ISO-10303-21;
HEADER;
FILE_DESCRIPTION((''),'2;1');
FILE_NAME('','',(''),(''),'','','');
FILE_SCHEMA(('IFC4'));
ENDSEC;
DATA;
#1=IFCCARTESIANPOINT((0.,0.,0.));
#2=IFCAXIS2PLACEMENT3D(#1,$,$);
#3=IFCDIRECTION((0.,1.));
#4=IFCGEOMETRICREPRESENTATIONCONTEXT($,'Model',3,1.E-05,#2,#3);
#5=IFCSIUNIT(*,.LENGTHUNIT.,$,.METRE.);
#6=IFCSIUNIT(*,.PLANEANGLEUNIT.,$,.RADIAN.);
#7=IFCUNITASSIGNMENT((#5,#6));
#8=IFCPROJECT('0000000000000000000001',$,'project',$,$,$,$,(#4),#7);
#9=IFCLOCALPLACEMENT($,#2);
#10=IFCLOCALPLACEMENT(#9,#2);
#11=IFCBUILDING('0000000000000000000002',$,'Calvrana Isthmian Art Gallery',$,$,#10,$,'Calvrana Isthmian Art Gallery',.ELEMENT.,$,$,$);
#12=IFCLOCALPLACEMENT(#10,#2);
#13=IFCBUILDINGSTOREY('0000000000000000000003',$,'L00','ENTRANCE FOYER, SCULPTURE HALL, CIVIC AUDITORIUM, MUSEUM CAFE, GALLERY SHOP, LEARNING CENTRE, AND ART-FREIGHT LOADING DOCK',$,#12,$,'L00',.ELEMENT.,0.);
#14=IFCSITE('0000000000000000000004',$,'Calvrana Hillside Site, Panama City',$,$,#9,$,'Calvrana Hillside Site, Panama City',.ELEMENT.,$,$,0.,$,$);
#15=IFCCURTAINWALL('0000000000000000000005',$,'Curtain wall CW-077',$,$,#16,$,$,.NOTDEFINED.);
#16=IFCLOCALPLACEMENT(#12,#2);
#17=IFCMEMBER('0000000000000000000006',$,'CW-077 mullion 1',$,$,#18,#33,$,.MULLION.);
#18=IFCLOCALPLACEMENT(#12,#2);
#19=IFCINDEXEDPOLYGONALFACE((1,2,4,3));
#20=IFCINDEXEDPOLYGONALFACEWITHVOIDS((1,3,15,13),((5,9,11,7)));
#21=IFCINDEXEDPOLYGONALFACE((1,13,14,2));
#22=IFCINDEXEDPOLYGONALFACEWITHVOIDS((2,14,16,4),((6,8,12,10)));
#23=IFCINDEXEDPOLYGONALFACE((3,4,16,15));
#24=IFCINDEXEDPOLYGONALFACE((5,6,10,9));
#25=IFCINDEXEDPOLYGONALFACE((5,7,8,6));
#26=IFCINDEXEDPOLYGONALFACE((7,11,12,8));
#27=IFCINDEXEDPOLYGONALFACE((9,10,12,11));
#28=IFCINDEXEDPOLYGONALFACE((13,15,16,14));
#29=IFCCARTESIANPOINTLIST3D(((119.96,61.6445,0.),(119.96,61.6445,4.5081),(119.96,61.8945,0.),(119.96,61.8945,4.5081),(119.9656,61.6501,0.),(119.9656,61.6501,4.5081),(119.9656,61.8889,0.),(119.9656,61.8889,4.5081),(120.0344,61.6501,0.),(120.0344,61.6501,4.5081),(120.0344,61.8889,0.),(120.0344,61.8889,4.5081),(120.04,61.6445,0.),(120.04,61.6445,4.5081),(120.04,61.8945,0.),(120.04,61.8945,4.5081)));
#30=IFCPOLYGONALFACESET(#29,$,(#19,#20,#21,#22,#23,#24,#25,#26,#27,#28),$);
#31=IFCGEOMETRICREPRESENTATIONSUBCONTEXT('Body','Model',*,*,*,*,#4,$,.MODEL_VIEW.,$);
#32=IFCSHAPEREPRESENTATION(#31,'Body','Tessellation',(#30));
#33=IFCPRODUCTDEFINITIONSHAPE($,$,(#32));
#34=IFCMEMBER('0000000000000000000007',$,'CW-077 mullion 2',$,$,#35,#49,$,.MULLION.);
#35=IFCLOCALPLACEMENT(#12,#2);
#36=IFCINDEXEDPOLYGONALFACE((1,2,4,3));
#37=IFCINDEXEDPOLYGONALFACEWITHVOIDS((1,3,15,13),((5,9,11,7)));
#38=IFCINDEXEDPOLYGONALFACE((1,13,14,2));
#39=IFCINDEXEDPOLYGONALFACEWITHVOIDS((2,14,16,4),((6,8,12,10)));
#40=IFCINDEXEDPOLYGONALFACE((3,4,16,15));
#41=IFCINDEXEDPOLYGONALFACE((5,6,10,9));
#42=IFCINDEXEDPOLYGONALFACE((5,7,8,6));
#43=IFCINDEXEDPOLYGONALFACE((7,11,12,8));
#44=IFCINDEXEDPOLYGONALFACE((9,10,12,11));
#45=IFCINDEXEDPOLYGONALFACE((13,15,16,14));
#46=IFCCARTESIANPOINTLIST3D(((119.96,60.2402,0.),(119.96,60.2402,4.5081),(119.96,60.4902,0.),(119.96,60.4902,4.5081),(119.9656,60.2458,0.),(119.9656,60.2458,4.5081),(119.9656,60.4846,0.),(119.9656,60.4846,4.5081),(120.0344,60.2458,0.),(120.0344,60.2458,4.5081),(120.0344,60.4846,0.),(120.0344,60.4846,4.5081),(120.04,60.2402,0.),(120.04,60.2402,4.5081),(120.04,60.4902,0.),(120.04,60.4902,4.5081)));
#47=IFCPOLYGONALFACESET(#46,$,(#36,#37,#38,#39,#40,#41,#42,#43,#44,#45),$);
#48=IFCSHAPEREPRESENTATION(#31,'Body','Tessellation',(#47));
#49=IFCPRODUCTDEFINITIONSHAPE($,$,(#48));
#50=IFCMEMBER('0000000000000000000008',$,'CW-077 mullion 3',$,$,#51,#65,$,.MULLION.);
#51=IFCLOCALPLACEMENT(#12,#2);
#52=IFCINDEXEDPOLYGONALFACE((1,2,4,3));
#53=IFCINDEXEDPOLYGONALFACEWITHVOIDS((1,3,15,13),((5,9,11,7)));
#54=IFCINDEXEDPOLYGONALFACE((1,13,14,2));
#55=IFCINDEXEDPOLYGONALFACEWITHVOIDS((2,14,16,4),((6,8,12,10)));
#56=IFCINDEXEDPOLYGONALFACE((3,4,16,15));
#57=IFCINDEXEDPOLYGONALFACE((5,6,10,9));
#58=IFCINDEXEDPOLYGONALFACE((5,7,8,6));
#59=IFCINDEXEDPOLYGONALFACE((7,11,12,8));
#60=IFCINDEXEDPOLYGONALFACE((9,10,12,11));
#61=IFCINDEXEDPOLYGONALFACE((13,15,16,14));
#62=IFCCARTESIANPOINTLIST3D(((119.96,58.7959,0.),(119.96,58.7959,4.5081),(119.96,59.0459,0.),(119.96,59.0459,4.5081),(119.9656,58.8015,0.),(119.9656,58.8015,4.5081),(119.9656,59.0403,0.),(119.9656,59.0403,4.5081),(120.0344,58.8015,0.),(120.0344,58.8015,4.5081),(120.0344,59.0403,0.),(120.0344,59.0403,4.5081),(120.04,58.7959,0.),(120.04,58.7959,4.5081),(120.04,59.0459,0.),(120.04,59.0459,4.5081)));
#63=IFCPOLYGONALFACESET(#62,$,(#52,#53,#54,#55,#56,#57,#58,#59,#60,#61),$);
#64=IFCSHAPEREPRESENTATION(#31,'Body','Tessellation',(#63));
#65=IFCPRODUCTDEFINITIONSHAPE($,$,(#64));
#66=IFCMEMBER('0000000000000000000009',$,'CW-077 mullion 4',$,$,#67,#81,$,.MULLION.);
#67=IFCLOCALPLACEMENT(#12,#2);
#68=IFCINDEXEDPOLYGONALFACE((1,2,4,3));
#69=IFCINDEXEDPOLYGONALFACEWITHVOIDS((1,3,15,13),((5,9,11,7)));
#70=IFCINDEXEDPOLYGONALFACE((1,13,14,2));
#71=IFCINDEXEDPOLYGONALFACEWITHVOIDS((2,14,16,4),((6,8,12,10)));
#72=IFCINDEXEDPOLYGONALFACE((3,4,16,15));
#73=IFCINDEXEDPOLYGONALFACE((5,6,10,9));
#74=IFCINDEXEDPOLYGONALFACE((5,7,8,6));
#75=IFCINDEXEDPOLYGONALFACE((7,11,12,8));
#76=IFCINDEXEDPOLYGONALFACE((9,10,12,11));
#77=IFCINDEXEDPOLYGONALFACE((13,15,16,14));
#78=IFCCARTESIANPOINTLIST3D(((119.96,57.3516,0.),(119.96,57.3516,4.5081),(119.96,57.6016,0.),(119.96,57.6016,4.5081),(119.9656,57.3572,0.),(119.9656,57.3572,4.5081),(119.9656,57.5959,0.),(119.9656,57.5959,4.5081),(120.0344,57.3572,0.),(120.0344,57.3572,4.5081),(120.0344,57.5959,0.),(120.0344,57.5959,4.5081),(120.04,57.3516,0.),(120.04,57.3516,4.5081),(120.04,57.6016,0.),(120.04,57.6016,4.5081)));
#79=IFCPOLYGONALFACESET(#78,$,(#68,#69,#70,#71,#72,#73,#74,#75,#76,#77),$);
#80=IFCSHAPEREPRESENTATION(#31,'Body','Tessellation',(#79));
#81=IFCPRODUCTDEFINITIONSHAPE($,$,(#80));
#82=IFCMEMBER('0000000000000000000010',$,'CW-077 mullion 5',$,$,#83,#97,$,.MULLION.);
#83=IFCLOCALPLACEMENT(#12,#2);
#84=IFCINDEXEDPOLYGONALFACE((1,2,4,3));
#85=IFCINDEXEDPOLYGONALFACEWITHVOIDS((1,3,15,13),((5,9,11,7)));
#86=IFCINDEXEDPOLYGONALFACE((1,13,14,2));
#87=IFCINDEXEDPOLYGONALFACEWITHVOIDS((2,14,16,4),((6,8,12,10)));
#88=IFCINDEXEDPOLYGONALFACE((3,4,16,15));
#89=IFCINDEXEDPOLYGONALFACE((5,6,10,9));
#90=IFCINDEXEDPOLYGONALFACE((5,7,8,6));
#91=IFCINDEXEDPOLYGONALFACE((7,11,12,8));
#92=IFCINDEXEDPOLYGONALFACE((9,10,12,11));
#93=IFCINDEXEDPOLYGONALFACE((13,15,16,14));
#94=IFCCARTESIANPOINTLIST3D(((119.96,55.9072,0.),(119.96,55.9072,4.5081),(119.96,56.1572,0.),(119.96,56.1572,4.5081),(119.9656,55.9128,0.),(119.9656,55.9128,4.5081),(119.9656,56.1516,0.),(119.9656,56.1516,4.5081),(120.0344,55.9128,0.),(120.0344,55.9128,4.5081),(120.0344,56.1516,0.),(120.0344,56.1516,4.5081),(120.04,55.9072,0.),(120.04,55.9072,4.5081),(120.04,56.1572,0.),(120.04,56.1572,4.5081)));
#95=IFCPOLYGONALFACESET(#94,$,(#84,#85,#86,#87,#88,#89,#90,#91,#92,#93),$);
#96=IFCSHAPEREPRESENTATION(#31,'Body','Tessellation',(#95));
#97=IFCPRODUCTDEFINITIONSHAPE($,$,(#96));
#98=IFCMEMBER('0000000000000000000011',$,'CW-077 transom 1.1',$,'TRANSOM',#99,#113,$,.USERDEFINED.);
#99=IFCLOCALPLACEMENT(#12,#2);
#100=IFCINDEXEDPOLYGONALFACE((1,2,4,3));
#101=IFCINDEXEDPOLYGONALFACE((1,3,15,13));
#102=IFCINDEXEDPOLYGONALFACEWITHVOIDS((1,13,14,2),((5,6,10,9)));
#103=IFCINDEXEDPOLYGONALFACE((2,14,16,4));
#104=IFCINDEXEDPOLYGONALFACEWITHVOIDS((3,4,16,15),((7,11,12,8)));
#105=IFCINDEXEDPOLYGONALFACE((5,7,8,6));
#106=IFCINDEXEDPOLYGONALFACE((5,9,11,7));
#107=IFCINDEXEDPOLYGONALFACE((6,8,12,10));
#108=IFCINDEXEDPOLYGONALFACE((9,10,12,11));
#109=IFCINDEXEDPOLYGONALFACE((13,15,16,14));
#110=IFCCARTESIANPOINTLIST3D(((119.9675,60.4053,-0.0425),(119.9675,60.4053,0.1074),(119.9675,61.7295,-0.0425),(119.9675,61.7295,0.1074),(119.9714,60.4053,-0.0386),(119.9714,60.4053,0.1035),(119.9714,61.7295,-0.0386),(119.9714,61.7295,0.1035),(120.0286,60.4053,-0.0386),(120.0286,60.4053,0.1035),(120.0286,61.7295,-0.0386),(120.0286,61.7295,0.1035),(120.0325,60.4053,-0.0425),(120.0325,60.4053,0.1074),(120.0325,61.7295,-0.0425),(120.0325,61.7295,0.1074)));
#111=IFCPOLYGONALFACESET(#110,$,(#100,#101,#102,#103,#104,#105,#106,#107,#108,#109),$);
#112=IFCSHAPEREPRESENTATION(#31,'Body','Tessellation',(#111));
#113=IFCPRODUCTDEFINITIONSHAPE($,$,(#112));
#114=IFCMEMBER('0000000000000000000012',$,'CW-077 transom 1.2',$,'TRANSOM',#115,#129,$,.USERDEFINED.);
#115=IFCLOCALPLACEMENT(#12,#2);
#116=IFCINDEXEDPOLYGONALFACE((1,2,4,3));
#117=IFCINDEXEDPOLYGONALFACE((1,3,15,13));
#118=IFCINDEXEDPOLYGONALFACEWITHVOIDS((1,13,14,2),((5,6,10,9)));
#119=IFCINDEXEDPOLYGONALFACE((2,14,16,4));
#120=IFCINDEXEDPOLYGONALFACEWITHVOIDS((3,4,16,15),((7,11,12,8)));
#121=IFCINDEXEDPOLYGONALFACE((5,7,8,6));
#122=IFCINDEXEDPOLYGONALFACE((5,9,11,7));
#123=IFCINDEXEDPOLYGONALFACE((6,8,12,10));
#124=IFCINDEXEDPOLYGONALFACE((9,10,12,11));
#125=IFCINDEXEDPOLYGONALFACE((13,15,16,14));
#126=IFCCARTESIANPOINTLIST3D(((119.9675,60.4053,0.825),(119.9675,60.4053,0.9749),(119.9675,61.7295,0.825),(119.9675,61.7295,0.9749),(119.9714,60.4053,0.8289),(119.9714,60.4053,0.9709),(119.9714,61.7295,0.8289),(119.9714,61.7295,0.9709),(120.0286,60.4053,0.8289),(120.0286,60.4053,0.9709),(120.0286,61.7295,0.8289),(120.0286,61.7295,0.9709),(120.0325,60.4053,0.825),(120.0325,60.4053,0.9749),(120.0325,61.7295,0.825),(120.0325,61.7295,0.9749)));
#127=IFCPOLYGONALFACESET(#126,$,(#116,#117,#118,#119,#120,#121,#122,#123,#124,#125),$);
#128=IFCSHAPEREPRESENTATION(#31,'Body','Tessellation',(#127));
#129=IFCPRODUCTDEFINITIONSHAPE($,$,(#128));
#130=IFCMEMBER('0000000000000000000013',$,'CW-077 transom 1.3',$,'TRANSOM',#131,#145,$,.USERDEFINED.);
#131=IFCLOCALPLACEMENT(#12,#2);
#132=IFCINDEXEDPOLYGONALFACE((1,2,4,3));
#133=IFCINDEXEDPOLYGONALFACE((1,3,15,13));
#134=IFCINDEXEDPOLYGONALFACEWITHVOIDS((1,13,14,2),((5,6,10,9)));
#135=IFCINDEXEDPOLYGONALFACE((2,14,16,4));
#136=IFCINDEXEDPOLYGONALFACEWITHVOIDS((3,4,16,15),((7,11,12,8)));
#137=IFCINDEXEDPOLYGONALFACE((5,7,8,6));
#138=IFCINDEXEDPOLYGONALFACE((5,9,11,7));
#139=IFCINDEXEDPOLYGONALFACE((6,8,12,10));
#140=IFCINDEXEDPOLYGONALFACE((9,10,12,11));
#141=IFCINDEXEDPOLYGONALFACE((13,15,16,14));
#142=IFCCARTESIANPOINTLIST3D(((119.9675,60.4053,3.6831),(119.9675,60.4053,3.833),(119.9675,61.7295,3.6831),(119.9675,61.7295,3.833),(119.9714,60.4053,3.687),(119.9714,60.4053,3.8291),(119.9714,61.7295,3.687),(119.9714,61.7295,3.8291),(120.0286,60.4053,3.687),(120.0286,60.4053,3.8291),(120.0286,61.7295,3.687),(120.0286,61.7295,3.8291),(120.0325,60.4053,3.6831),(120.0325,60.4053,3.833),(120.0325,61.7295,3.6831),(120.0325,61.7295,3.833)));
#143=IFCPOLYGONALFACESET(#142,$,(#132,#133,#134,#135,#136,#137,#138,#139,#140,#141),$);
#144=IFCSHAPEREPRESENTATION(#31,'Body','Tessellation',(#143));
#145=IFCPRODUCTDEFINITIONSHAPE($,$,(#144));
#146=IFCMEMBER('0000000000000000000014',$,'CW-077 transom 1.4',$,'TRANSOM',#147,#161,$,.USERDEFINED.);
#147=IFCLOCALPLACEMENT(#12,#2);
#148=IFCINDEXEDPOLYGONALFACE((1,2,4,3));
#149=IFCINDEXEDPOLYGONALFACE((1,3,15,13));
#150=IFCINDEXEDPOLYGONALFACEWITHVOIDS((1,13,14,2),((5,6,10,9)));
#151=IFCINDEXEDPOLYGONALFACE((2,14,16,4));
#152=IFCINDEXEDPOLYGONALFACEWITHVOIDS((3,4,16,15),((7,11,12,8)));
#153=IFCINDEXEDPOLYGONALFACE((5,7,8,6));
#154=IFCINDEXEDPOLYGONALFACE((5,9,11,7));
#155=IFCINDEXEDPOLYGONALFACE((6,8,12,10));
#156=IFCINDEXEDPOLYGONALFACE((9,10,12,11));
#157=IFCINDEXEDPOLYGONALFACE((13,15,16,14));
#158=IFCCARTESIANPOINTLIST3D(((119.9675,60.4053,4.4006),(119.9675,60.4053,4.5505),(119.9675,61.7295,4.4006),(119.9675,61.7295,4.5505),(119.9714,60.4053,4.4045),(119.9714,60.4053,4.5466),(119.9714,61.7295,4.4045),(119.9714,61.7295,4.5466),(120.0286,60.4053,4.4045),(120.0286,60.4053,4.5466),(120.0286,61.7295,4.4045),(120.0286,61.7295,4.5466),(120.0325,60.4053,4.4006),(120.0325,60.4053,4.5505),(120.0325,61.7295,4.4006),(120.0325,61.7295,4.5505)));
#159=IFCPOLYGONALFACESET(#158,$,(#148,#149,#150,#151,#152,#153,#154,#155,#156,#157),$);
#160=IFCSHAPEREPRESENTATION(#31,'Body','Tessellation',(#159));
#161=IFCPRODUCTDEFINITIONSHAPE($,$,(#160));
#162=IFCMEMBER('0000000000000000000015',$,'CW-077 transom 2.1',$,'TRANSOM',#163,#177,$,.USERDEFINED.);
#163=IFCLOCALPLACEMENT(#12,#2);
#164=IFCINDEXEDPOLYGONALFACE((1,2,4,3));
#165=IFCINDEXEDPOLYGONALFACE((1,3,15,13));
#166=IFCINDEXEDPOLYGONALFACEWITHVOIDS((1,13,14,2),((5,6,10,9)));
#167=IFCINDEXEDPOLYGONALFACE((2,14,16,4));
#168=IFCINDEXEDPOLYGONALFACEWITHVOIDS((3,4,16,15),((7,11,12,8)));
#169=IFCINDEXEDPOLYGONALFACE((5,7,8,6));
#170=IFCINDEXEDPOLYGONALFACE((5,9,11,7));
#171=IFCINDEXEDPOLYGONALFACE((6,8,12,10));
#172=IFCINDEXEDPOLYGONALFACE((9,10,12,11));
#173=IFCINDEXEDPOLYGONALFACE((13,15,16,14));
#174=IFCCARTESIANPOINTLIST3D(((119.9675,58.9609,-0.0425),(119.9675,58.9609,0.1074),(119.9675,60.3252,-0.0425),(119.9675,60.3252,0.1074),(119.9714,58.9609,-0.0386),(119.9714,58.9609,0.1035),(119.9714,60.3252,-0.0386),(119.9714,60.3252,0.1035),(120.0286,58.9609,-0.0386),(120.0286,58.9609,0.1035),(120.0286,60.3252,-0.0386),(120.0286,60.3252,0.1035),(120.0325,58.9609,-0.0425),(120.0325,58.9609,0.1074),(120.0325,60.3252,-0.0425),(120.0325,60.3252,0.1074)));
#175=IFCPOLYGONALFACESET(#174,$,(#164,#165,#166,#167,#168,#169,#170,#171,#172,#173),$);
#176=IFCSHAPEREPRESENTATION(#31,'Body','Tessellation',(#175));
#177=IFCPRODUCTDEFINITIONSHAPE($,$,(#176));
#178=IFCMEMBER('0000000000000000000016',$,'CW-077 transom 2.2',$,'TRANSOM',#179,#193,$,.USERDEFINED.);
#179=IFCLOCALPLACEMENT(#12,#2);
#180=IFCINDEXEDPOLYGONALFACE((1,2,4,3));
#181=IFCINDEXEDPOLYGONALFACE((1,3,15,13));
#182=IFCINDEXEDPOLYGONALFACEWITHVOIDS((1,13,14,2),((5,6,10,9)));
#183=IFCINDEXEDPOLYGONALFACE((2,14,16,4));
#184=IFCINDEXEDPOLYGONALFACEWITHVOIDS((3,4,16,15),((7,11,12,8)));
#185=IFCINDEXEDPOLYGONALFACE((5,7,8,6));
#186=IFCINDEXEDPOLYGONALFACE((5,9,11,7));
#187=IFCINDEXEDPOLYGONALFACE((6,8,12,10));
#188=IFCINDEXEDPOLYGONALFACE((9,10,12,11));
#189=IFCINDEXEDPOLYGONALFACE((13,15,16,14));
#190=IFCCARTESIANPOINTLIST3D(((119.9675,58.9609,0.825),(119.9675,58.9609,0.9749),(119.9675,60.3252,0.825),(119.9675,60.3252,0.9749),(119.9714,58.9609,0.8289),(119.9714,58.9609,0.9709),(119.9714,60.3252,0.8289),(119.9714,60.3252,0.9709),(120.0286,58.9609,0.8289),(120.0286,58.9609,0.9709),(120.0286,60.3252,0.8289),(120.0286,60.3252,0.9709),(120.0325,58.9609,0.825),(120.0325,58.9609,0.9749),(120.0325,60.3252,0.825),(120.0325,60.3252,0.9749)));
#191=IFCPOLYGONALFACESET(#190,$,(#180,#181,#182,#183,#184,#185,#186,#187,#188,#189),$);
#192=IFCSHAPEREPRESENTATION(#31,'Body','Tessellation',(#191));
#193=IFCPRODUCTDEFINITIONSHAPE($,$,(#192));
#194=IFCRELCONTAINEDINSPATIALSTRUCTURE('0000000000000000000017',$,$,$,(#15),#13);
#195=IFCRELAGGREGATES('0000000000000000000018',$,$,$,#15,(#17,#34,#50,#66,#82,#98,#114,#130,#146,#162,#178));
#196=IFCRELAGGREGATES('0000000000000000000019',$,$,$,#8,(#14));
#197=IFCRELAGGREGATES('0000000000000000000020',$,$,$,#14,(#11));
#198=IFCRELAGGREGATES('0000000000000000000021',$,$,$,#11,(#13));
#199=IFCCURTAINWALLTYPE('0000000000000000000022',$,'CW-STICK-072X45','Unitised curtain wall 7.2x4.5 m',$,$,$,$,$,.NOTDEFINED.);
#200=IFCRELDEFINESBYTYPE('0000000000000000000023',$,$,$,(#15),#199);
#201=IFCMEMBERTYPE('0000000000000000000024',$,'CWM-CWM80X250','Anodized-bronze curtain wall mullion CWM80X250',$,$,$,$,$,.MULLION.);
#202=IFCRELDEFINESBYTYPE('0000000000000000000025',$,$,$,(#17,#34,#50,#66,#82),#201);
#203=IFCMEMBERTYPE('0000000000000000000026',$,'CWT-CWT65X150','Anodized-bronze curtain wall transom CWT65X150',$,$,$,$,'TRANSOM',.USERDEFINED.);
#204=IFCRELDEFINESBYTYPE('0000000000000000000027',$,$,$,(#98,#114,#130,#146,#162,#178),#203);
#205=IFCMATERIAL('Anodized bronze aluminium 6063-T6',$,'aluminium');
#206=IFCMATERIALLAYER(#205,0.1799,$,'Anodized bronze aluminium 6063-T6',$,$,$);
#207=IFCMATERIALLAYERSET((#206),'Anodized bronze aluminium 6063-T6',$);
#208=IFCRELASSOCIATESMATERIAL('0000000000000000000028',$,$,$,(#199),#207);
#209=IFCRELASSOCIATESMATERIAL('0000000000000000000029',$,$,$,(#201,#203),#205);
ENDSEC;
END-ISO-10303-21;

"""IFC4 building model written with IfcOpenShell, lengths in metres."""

from ifc_helpers import new_model, si_unit, direction, frame, origin, origin_2d, place, context, subcontext, project, spatial, hollow_rectangle, extrude, material, layer, layer_set, material_profile, profile_set, type_object, element, aggregate, save


model = new_model("IFC4")

# Units and contexts
model_context = context("Model", 3, precision=1e-05, world=origin(), true_north=direction((0.0, 1.0)))
body_context = subcontext(model_context, "Body", "Model", "MODEL_VIEW")
ifc_project = project(units=[si_unit("LENGTHUNIT", "METRE"), si_unit("PLANEANGLEUNIT", "RADIAN")], contexts=[model_context])

# Site, building, storey
site_placement = place(None, origin())
site = spatial("IfcSite", under=ifc_project, at=site_placement, Name="Calvrana Hillside Site, Panama City", LongName="Calvrana Hillside Site, Panama City", CompositionType="ELEMENT", RefElevation=0.0)
building_placement = place(site_placement, origin())
building = spatial("IfcBuilding", under=site, at=building_placement, Name="Calvrana Isthmian Art Gallery", LongName="Calvrana Isthmian Art Gallery", CompositionType="ELEMENT")
storey_placement = place(building_placement, origin())
storey = spatial("IfcBuildingStorey", under=building, at=storey_placement, Name="L00", Description="ENTRANCE FOYER, SCULPTURE HALL, CIVIC AUDITORIUM, MUSEUM CAFE, GALLERY SHOP, LEARNING CENTRE, AND ART-FREIGHT LOADING DOCK", LongName="L00", CompositionType="ELEMENT", Elevation=0.0)

# Curtain wall, members
ifc_material_1 = material(Name="Anodized bronze aluminium 6063-T6", Category="aluminium")
ifc_layer_1 = layer(ifc_material_1, 0.1799, Name="Anodized bronze aluminium 6063-T6")
ifc_layer_set_1 = layer_set([ifc_layer_1], Name="Anodized bronze aluminium 6063-T6")
curtain_wall_type = type_object("IfcCurtainWallType", Name="CW-STICK-072X45", Description="Unitised curtain wall 7.2x4.5 m", PredefinedType="NOTDEFINED", material=ifc_layer_set_1)
curtain_wall_placement = place(storey_placement, origin())
curtain_wall = element("IfcCurtainWall", 1, at=curtain_wall_placement, inside=storey, type_object=curtain_wall_type, Name="Curtain wall CW-077", PredefinedType="NOTDEFINED")
ifc_material_profile_1 = material_profile(ifc_material_1, hollow_rectangle(XDim=0.0801, YDim=0.25, WallThickness=0.0056, at=origin_2d()), Name="CWM80X250")
ifc_profile_set_1 = profile_set([ifc_material_profile_1], Name="Anodized bronze aluminium 6063-T6")
member_type_1 = type_object("IfcMemberType", Name="CWM-CWM80X250", Description="Anodized-bronze curtain wall mullion CWM80X250", PredefinedType="MULLION", material=ifc_profile_set_1)
member_1_placement = place(storey_placement, frame((120.0, 61.7695, 0.0), z_axis=(0.0, 0.0, 1.0), x_axis=(1.0, 0.0, 0.0)))
member_1 = element("IfcMember", 2, at=member_1_placement, type_object=member_type_1, Name="CW-077 mullion 1", PredefinedType="MULLION", context=body_context, shape_type="SweptSolid", body=[
    extrude(hollow_rectangle(XDim=0.0801, YDim=0.25, WallThickness=0.0056, at=origin_2d()), origin(), (0.0, 0.0, 1.0), 4.5081),
])
member_2_placement = place(storey_placement, frame((120.0, 60.3652, 0.0), z_axis=(0.0, 0.0, 1.0), x_axis=(1.0, 0.0, 0.0)))
member_2 = element("IfcMember", 3, at=member_2_placement, type_object=member_type_1, Name="CW-077 mullion 2", PredefinedType="MULLION", context=body_context, shape_type="SweptSolid", body=[
    extrude(hollow_rectangle(XDim=0.0801, YDim=0.25, WallThickness=0.0056, at=origin_2d()), origin(), (0.0, 0.0, 1.0), 4.5081),
])
member_3_placement = place(storey_placement, frame((120.0, 58.9209, 0.0), z_axis=(0.0, 0.0, 1.0), x_axis=(1.0, 0.0, 0.0)))
member_3 = element("IfcMember", 4, at=member_3_placement, type_object=member_type_1, Name="CW-077 mullion 3", PredefinedType="MULLION", context=body_context, shape_type="SweptSolid", body=[
    extrude(hollow_rectangle(XDim=0.0801, YDim=0.25, WallThickness=0.0056, at=origin_2d()), origin(), (0.0, 0.0, 1.0), 4.5081),
])
member_4_placement = place(storey_placement, frame((120.0, 57.4766, 0.0), z_axis=(0.0, 0.0, 1.0), x_axis=(1.0, 0.0, 0.0)))
member_4 = element("IfcMember", 5, at=member_4_placement, type_object=member_type_1, Name="CW-077 mullion 4", PredefinedType="MULLION", context=body_context, shape_type="SweptSolid", body=[
    extrude(hollow_rectangle(XDim=0.0801, YDim=0.25, WallThickness=0.0056, at=origin_2d()), origin(), (0.0, 0.0, 1.0), 4.5081),
])
member_5_placement = place(storey_placement, frame((120.0, 56.0322, 0.0), z_axis=(0.0, 0.0, 1.0), x_axis=(1.0, 0.0, 0.0)))
member_5 = element("IfcMember", 6, at=member_5_placement, type_object=member_type_1, Name="CW-077 mullion 5", PredefinedType="MULLION", context=body_context, shape_type="SweptSolid", body=[
    extrude(hollow_rectangle(XDim=0.0801, YDim=0.25, WallThickness=0.0056, at=origin_2d()), origin(), (0.0, 0.0, 1.0), 4.5081),
])
ifc_material_profile_2 = material_profile(ifc_material_1, hollow_rectangle(XDim=0.0649, YDim=0.1499, WallThickness=0.0039, at=origin_2d()), Name="CWT65X150")
ifc_profile_set_2 = profile_set([ifc_material_profile_2], Name="Anodized bronze aluminium 6063-T6")
member_type_2 = type_object("IfcMemberType", Name="CWT-CWT65X150", Description="Anodized-bronze curtain wall transom CWT65X150", ElementType="TRANSOM", PredefinedType="USERDEFINED", material=ifc_profile_set_2)
member_6_placement = place(storey_placement, frame((120.0, 61.7295, 0.0325), z_axis=(0.0, -1.0, 0.0), x_axis=(1.0, 0.0, 0.0)))
member_6 = element("IfcMember", 7, at=member_6_placement, type_object=member_type_2, Name="CW-077 transom 1.1", ObjectType="TRANSOM", PredefinedType="USERDEFINED", context=body_context, shape_type="SweptSolid", body=[
    extrude(hollow_rectangle(XDim=0.0649, YDim=0.1499, WallThickness=0.0039, at=origin_2d()), origin(), (0.0, 0.0, 1.0), 1.3242),
])
member_7_placement = place(storey_placement, frame((120.0, 61.7295, 0.8999), z_axis=(0.0, -1.0, 0.0), x_axis=(1.0, 0.0, 0.0)))
member_7 = element("IfcMember", 8, at=member_7_placement, type_object=member_type_2, Name="CW-077 transom 1.2", ObjectType="TRANSOM", PredefinedType="USERDEFINED", context=body_context, shape_type="SweptSolid", body=[
    extrude(hollow_rectangle(XDim=0.0649, YDim=0.1499, WallThickness=0.0039, at=origin_2d()), origin(), (0.0, 0.0, 1.0), 1.3242),
])
member_8_placement = place(storey_placement, frame((120.0, 61.7295, 3.7581), z_axis=(0.0, -1.0, 0.0), x_axis=(1.0, 0.0, 0.0)))
member_8 = element("IfcMember", 9, at=member_8_placement, type_object=member_type_2, Name="CW-077 transom 1.3", ObjectType="TRANSOM", PredefinedType="USERDEFINED", context=body_context, shape_type="SweptSolid", body=[
    extrude(hollow_rectangle(XDim=0.0649, YDim=0.1499, WallThickness=0.0039, at=origin_2d()), origin(), (0.0, 0.0, 1.0), 1.3242),
])
member_9_placement = place(storey_placement, frame((120.0, 61.7295, 4.4756), z_axis=(0.0, -1.0, 0.0), x_axis=(1.0, 0.0, 0.0)))
member_9 = element("IfcMember", 10, at=member_9_placement, type_object=member_type_2, Name="CW-077 transom 1.4", ObjectType="TRANSOM", PredefinedType="USERDEFINED", context=body_context, shape_type="SweptSolid", body=[
    extrude(hollow_rectangle(XDim=0.0649, YDim=0.1499, WallThickness=0.0039, at=origin_2d()), origin(), (0.0, 0.0, 1.0), 1.3242),
])
member_10_placement = place(storey_placement, frame((120.0, 60.3252, 0.0325), z_axis=(0.0, -1.0, 0.0), x_axis=(1.0, 0.0, 0.0)))
member_10 = element("IfcMember", 11, at=member_10_placement, type_object=member_type_2, Name="CW-077 transom 2.1", ObjectType="TRANSOM", PredefinedType="USERDEFINED", context=body_context, shape_type="SweptSolid", body=[
    extrude(hollow_rectangle(XDim=0.0649, YDim=0.1499, WallThickness=0.0039, at=origin_2d()), origin(), (0.0, 0.0, 1.0), 1.3643),
])
member_11_placement = place(storey_placement, frame((120.0, 60.3252, 0.8999), z_axis=(0.0, -1.0, 0.0), x_axis=(1.0, 0.0, 0.0)))
member_11 = element("IfcMember", 12, at=member_11_placement, type_object=member_type_2, Name="CW-077 transom 2.2", ObjectType="TRANSOM", PredefinedType="USERDEFINED", context=body_context, shape_type="SweptSolid", body=[
    extrude(hollow_rectangle(XDim=0.0649, YDim=0.1499, WallThickness=0.0039, at=origin_2d()), origin(), (0.0, 0.0, 1.0), 1.3643),
])
aggregate(curtain_wall, [member_1, member_2, member_3, member_4, member_5, member_6, member_7, member_8, member_9, member_10, member_11])

save(model, "model.ifc")
